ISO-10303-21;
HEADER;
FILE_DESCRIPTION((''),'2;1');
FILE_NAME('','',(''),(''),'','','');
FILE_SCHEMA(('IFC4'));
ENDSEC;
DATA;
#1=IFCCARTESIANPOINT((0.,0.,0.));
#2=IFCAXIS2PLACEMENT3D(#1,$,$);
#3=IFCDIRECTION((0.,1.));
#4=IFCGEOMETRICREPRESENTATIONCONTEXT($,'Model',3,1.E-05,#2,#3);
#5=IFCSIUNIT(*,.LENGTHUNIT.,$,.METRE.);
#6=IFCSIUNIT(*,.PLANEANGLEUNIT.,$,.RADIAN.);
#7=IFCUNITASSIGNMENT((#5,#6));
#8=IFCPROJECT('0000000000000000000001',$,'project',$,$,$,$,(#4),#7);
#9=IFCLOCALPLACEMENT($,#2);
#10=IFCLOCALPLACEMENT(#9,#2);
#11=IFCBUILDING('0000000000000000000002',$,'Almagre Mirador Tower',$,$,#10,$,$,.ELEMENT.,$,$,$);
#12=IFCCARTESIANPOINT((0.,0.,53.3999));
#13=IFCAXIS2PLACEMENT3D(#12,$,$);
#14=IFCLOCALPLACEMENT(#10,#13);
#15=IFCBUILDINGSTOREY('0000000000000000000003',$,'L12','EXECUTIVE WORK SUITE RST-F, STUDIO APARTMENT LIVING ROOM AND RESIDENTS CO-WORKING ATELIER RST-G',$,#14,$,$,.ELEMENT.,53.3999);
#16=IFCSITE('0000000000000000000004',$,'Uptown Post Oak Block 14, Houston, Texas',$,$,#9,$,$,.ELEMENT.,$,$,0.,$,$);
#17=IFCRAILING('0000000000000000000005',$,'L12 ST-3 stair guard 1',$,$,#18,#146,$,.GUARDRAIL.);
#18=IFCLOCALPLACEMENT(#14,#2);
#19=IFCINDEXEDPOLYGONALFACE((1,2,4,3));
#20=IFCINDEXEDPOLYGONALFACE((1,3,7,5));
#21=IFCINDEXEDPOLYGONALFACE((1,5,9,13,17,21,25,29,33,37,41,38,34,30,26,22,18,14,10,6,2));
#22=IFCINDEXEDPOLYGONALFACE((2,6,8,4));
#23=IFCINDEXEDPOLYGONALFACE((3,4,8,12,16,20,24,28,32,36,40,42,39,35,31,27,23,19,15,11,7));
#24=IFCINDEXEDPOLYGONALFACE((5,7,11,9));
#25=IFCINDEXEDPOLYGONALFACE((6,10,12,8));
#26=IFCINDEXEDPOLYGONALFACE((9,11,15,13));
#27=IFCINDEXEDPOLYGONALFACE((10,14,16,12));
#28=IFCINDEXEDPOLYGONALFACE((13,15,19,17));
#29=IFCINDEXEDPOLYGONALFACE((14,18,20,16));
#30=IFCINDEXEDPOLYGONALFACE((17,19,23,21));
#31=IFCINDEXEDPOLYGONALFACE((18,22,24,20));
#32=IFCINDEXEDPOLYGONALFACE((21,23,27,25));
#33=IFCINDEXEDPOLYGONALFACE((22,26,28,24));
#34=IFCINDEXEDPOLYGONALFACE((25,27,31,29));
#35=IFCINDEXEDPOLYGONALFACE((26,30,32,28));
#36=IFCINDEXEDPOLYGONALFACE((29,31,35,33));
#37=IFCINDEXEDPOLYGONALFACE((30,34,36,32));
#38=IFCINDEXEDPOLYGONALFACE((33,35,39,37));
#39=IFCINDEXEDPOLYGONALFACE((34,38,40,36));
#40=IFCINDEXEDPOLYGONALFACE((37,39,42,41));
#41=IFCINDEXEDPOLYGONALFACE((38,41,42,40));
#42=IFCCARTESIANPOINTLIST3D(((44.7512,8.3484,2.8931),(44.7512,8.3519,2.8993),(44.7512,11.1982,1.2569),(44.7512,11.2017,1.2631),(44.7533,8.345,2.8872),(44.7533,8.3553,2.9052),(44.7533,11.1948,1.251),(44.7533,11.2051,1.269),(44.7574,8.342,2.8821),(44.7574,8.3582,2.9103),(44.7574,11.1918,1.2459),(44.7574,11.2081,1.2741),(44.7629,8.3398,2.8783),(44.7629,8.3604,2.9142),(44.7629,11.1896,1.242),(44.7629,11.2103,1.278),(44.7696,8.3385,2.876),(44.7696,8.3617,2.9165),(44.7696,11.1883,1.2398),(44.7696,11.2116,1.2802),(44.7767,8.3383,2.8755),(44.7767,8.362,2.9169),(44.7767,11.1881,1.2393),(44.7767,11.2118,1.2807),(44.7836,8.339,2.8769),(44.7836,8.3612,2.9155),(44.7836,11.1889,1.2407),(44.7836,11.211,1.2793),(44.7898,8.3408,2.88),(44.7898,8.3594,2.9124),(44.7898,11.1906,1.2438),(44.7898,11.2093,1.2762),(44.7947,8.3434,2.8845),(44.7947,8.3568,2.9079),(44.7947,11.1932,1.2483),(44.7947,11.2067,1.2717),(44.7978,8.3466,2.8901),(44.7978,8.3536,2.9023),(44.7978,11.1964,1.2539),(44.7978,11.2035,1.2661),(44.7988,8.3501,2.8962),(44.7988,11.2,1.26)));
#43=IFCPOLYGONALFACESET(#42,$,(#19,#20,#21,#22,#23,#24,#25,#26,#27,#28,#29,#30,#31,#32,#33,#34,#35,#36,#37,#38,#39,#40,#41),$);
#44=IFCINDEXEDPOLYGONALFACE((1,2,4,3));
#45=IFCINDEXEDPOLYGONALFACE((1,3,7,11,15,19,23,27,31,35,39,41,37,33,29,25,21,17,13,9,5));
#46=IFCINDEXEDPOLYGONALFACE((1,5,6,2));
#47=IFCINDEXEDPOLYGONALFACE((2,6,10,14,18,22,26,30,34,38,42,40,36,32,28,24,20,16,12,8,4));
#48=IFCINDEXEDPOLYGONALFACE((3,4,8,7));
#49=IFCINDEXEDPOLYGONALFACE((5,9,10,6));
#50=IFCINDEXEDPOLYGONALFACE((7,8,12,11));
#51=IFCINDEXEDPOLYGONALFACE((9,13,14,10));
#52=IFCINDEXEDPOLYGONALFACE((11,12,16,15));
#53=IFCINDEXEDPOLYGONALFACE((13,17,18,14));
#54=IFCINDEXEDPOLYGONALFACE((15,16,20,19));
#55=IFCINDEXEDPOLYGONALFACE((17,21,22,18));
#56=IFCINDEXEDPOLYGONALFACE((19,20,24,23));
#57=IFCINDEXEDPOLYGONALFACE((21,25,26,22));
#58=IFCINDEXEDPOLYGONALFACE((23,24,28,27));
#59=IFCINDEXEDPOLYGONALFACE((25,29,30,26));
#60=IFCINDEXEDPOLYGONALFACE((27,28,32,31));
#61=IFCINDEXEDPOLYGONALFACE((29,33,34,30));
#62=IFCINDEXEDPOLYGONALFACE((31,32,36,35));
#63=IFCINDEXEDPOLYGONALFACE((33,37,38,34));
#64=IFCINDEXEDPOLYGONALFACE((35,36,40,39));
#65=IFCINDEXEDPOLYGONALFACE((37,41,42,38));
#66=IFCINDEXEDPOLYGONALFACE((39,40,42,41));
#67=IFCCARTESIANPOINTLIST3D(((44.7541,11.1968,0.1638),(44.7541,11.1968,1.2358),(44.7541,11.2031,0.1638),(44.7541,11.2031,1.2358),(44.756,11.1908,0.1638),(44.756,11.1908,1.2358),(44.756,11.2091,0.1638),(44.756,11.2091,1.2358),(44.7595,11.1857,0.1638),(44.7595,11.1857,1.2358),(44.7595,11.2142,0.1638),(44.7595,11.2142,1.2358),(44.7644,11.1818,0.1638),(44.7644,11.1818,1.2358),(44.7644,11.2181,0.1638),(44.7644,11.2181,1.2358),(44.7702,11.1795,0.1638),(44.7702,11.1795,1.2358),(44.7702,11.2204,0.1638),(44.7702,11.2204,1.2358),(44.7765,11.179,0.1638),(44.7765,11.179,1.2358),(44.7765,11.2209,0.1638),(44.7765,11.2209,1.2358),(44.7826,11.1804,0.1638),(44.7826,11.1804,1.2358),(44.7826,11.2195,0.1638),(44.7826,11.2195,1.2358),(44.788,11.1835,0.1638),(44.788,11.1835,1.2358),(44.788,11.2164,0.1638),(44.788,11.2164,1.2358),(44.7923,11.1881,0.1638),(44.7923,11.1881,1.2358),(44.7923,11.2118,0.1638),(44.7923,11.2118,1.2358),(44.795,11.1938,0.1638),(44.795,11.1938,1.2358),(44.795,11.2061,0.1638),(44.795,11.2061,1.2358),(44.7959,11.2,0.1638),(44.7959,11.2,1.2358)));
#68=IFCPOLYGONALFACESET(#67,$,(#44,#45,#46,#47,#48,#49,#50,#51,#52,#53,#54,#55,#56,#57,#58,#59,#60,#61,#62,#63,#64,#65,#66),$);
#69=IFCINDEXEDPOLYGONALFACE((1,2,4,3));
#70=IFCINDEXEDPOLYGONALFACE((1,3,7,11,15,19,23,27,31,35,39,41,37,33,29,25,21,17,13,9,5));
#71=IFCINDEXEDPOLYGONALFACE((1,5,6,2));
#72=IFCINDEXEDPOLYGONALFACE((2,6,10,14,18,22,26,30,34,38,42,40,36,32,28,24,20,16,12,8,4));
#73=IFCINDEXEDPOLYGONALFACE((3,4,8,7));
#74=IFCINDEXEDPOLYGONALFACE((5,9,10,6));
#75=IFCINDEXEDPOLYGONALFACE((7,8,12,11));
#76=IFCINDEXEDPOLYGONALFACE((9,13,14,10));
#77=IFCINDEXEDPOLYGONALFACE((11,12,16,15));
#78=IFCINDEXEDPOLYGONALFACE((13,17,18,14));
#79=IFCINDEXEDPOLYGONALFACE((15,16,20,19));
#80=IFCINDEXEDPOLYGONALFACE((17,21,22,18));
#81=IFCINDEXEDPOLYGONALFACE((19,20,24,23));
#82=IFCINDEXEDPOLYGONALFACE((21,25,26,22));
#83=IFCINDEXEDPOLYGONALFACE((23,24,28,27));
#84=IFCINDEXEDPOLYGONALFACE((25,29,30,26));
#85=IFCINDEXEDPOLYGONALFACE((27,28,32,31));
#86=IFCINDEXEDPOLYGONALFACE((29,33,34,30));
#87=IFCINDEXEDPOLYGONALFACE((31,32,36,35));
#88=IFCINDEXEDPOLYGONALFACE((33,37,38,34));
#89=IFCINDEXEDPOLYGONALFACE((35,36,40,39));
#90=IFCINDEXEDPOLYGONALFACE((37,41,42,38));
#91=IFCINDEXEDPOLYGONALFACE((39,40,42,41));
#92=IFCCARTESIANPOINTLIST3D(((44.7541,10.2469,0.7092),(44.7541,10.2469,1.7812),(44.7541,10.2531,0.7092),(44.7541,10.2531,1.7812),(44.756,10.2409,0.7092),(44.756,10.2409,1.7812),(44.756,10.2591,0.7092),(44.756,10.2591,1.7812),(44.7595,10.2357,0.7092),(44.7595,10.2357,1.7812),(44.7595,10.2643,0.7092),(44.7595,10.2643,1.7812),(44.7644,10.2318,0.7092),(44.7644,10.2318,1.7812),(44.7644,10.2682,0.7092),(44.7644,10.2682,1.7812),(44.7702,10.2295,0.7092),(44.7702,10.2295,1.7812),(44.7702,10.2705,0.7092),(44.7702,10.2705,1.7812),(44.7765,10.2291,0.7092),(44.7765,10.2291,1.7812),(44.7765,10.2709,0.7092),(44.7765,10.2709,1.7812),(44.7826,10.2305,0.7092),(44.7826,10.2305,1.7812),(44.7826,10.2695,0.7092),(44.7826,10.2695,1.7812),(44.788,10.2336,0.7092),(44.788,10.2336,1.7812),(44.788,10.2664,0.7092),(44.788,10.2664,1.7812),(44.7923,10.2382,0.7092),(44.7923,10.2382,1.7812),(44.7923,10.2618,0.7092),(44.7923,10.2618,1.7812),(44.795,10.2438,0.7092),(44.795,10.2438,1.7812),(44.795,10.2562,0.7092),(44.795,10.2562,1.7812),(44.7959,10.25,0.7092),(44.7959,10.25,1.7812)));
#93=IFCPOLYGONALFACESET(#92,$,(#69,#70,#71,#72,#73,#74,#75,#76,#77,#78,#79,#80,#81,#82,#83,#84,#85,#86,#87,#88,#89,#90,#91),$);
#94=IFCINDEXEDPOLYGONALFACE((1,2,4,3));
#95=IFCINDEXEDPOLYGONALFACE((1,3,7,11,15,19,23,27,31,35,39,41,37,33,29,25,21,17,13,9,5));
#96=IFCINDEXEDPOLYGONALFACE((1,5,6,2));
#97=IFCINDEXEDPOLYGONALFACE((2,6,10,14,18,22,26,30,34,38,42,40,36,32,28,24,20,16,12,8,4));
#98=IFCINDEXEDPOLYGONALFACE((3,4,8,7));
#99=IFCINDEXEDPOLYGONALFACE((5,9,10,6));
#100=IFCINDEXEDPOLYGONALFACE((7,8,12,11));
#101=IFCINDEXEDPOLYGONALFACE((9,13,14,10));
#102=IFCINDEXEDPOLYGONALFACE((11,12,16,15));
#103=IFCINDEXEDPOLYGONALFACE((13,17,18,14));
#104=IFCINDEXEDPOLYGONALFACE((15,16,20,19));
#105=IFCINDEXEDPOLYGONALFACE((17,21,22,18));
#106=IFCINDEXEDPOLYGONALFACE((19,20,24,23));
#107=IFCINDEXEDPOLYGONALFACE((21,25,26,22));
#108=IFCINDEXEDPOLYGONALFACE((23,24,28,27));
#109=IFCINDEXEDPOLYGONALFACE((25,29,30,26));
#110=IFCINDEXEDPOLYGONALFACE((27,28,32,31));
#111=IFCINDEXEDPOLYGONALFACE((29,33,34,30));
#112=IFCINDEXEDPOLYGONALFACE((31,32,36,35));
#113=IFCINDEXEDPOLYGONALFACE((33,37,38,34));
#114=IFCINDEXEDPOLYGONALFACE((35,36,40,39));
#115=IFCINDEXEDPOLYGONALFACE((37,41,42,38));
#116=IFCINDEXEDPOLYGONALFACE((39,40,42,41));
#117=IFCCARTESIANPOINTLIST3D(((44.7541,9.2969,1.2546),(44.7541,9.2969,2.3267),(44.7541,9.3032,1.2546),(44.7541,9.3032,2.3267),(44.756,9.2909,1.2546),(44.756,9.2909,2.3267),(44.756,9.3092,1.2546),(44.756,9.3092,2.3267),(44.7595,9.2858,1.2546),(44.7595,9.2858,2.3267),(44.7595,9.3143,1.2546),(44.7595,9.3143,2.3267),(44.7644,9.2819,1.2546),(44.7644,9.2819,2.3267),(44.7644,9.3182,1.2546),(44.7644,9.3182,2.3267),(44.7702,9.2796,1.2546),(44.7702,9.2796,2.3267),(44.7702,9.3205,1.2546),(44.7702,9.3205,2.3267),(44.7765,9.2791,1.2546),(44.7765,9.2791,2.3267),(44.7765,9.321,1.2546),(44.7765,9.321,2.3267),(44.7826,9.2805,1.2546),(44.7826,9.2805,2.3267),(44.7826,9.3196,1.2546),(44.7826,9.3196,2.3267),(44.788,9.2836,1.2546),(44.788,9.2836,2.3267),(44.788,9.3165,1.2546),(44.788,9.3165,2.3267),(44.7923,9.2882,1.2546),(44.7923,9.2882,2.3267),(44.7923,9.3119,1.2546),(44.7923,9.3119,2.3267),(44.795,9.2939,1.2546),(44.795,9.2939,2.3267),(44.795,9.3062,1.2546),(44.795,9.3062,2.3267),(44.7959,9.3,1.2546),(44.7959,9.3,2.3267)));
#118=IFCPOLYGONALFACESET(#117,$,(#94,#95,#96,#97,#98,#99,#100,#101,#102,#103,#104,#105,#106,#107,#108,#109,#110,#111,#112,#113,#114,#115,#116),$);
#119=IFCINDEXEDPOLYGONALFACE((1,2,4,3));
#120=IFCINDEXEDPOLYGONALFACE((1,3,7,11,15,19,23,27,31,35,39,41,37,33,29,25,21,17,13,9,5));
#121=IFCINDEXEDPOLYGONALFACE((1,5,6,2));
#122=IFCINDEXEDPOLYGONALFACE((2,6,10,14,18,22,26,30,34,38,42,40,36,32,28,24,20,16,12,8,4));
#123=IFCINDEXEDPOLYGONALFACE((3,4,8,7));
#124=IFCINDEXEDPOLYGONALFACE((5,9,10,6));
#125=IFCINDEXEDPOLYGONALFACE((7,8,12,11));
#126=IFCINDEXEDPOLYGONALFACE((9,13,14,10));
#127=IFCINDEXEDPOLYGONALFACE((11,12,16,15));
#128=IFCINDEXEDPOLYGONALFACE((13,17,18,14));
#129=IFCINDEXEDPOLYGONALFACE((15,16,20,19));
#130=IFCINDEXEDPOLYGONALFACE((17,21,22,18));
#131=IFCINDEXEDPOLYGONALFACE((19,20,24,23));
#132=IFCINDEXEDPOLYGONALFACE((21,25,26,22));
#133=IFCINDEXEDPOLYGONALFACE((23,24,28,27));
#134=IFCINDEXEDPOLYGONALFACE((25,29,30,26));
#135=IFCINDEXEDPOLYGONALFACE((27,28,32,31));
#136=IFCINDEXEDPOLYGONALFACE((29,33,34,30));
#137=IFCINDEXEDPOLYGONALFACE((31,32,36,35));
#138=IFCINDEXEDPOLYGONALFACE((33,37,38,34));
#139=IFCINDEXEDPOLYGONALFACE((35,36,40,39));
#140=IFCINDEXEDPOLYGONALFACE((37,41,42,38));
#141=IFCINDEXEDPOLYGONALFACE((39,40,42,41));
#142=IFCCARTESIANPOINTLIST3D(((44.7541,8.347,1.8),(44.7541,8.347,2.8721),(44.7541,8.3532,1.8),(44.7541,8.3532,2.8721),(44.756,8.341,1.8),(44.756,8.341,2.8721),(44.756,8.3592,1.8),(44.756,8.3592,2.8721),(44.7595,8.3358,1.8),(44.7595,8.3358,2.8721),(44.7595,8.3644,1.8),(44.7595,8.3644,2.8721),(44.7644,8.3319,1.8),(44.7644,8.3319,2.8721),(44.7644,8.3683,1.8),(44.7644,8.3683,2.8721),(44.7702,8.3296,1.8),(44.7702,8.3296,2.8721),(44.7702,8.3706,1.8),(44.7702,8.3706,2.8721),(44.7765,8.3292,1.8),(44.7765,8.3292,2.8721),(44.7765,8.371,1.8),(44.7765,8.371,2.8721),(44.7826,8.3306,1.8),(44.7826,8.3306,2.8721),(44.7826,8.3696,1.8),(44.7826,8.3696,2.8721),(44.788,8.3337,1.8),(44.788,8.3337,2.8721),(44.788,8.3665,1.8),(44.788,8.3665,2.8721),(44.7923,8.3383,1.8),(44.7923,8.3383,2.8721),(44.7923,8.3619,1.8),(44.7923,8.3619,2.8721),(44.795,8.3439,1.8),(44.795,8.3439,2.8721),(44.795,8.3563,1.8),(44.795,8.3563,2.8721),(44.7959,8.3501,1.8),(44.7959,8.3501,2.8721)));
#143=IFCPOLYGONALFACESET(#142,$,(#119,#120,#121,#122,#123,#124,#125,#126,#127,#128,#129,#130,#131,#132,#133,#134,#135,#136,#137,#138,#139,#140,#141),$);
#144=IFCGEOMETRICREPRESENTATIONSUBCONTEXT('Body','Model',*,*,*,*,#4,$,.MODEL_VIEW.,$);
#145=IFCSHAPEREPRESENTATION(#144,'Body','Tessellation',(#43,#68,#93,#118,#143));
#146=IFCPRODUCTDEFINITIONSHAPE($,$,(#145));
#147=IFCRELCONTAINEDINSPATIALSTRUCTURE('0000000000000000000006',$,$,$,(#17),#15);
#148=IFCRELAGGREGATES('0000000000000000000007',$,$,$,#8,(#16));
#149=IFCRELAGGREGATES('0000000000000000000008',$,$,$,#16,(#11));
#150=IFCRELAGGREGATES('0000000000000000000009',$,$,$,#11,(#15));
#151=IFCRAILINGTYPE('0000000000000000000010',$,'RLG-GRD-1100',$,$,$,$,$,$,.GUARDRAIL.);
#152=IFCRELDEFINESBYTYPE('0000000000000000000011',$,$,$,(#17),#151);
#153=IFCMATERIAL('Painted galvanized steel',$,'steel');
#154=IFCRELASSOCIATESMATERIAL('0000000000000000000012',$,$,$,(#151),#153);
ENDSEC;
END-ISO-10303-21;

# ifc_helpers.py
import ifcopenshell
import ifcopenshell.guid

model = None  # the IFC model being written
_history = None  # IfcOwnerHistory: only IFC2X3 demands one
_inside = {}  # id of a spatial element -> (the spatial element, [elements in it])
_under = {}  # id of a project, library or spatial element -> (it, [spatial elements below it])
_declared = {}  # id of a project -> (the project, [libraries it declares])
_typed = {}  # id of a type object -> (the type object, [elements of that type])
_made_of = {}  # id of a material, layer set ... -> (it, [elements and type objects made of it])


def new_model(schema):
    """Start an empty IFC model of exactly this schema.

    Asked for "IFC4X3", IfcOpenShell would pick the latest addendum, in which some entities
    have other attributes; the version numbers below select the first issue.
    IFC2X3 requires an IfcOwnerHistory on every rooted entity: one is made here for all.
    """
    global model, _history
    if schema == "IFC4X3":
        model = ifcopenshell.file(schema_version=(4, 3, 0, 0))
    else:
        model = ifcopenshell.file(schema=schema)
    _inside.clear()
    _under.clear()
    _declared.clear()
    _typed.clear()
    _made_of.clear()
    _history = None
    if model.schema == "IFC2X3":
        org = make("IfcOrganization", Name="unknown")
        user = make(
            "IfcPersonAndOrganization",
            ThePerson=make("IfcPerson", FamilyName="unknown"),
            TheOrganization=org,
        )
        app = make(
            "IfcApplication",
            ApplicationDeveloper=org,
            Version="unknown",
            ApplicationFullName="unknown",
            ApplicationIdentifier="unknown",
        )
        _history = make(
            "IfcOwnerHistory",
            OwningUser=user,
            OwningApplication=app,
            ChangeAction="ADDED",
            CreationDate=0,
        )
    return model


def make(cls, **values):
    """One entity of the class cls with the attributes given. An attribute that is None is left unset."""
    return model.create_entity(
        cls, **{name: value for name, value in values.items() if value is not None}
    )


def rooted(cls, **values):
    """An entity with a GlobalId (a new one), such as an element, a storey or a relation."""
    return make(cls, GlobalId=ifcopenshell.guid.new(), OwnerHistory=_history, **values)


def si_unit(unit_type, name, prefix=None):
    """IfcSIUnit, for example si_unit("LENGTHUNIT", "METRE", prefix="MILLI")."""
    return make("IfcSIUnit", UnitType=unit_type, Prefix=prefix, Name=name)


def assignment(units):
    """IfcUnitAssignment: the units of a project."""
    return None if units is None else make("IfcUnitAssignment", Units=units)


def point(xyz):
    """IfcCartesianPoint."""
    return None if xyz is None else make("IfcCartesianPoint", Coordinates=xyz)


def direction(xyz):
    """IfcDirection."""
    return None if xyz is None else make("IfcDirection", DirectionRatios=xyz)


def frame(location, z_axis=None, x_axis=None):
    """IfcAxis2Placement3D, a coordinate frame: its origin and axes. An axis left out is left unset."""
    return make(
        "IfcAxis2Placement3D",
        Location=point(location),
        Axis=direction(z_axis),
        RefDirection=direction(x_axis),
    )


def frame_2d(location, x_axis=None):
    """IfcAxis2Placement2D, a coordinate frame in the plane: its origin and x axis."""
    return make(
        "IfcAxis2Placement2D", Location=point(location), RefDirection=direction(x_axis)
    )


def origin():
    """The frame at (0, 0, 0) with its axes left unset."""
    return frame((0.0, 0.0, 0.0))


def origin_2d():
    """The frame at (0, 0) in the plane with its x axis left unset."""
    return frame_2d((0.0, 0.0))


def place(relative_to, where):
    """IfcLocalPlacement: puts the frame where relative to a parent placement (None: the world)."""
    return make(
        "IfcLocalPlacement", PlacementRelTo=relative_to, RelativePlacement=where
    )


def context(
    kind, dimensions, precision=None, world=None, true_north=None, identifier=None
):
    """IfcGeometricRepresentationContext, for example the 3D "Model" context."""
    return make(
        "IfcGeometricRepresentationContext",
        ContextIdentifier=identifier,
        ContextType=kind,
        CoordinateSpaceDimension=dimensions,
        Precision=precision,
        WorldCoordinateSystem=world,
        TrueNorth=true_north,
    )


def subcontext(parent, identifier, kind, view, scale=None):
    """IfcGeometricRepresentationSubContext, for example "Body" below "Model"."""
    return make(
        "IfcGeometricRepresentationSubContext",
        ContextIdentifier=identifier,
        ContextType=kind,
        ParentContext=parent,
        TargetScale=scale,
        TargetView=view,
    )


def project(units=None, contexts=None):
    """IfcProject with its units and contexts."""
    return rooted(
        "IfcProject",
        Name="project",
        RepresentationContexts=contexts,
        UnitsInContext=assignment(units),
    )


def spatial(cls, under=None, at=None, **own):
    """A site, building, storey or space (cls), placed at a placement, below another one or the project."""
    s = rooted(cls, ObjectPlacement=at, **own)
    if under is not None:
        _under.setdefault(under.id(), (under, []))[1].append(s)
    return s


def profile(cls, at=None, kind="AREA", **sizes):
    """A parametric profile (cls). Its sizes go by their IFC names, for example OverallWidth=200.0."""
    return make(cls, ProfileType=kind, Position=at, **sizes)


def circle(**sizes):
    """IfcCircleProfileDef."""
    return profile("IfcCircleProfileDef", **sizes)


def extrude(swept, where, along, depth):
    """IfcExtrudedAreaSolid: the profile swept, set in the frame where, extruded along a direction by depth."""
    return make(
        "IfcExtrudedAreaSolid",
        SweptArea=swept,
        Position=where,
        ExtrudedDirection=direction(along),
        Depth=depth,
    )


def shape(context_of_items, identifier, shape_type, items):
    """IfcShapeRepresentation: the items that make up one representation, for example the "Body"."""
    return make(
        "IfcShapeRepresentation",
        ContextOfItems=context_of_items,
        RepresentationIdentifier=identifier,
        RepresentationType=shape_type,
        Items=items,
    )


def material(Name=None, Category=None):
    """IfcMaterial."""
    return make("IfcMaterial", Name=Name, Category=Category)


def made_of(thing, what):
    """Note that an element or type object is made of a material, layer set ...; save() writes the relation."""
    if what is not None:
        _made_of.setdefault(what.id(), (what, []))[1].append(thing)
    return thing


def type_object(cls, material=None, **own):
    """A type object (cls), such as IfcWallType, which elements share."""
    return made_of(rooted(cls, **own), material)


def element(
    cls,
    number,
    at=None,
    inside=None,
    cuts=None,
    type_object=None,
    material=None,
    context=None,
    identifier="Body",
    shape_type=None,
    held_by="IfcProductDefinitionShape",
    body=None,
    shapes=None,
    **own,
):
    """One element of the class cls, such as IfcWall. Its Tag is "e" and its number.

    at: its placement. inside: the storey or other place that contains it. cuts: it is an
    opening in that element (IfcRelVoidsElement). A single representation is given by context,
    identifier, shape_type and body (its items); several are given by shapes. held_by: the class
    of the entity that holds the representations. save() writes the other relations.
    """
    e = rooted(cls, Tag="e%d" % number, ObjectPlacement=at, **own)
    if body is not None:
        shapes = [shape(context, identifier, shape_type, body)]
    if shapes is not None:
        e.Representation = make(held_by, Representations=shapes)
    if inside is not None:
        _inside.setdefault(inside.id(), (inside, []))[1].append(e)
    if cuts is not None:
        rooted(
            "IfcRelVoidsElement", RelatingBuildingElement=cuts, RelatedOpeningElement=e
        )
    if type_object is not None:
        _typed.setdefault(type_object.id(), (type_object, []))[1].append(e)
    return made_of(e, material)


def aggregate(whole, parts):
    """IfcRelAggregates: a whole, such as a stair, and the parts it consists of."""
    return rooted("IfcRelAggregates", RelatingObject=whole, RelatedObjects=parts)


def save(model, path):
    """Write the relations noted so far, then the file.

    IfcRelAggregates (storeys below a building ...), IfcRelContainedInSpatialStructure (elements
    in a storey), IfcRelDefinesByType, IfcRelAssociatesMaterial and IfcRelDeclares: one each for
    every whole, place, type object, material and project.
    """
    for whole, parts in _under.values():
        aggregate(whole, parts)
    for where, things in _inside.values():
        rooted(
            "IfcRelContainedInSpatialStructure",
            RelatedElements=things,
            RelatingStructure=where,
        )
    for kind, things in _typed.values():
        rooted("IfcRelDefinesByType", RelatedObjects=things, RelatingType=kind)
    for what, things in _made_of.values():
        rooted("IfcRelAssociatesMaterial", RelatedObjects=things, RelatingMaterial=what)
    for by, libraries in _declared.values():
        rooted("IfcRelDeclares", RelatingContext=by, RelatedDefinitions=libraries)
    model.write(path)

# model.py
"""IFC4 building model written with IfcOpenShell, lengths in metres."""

from ifc_helpers import new_model, si_unit, direction, frame, origin, origin_2d, place, context, subcontext, project, spatial, circle, extrude, material, type_object, element, save


model = new_model("IFC4")

# Units and contexts
model_context = context("Model", 3, precision=1e-05, world=origin(), true_north=direction((0.0, 1.0)))
body_context = subcontext(model_context, "Body", "Model", "MODEL_VIEW")
ifc_project = project(units=[si_unit("LENGTHUNIT", "METRE"), si_unit("PLANEANGLEUNIT", "RADIAN")], contexts=[model_context])

# Site, building, storey
site_placement = place(None, origin())
site = spatial("IfcSite", under=ifc_project, at=site_placement, Name="Uptown Post Oak Block 14, Houston, Texas", CompositionType="ELEMENT", RefElevation=0.0)
building_placement = place(site_placement, origin())
building = spatial("IfcBuilding", under=site, at=building_placement, Name="Almagre Mirador Tower", CompositionType="ELEMENT")
storey_placement = place(building_placement, frame((0.0, 0.0, 53.3999)))
storey = spatial("IfcBuildingStorey", under=building, at=storey_placement, Name="L12", Description="EXECUTIVE WORK SUITE RST-F, STUDIO APARTMENT LIVING ROOM AND RESIDENTS CO-WORKING ATELIER RST-G", CompositionType="ELEMENT", Elevation=53.3999)

# Railing
ifc_material_1 = material(Name="Painted galvanized steel", Category="steel")
railing_type_1 = type_object("IfcRailingType", Name="RLG-GRD-1100", PredefinedType="GUARDRAIL", material=ifc_material_1)
railing_1_placement = place(storey_placement, frame((44.7749, 11.2, 0.1638)))
element("IfcRailing", 1, at=railing_1_placement, inside=storey, type_object=railing_type_1, Name="L12 ST-3 stair guard 1", PredefinedType="GUARDRAIL", context=body_context, shape_type="SweptSolid", body=[
    extrude(circle(Radius=0.0239, at=origin_2d()), frame((0.0, 0.0, 1.0962), z_axis=(0.0, -0.867226, 0.497914), x_axis=(1.0, 0.0, 0.0)), (0.0, 0.0, 1.0), 3.2861),
    extrude(circle(Radius=0.021, at=origin_2d()), origin(), (0.0, 0.0, 1.0), 1.072),
    extrude(circle(Radius=0.021, at=origin_2d()), frame((0.0, -0.95, 0.5454)), (0.0, 0.0, 1.0), 1.072),
    extrude(circle(Radius=0.021, at=origin_2d()), frame((0.0, -1.8999, 1.0908)), (0.0, 0.0, 1.0), 1.072),
    extrude(circle(Radius=0.021, at=origin_2d()), frame((0.0, -2.8499, 1.6362)), (0.0, 0.0, 1.0), 1.072),
])

save(model, "model.ifc")
